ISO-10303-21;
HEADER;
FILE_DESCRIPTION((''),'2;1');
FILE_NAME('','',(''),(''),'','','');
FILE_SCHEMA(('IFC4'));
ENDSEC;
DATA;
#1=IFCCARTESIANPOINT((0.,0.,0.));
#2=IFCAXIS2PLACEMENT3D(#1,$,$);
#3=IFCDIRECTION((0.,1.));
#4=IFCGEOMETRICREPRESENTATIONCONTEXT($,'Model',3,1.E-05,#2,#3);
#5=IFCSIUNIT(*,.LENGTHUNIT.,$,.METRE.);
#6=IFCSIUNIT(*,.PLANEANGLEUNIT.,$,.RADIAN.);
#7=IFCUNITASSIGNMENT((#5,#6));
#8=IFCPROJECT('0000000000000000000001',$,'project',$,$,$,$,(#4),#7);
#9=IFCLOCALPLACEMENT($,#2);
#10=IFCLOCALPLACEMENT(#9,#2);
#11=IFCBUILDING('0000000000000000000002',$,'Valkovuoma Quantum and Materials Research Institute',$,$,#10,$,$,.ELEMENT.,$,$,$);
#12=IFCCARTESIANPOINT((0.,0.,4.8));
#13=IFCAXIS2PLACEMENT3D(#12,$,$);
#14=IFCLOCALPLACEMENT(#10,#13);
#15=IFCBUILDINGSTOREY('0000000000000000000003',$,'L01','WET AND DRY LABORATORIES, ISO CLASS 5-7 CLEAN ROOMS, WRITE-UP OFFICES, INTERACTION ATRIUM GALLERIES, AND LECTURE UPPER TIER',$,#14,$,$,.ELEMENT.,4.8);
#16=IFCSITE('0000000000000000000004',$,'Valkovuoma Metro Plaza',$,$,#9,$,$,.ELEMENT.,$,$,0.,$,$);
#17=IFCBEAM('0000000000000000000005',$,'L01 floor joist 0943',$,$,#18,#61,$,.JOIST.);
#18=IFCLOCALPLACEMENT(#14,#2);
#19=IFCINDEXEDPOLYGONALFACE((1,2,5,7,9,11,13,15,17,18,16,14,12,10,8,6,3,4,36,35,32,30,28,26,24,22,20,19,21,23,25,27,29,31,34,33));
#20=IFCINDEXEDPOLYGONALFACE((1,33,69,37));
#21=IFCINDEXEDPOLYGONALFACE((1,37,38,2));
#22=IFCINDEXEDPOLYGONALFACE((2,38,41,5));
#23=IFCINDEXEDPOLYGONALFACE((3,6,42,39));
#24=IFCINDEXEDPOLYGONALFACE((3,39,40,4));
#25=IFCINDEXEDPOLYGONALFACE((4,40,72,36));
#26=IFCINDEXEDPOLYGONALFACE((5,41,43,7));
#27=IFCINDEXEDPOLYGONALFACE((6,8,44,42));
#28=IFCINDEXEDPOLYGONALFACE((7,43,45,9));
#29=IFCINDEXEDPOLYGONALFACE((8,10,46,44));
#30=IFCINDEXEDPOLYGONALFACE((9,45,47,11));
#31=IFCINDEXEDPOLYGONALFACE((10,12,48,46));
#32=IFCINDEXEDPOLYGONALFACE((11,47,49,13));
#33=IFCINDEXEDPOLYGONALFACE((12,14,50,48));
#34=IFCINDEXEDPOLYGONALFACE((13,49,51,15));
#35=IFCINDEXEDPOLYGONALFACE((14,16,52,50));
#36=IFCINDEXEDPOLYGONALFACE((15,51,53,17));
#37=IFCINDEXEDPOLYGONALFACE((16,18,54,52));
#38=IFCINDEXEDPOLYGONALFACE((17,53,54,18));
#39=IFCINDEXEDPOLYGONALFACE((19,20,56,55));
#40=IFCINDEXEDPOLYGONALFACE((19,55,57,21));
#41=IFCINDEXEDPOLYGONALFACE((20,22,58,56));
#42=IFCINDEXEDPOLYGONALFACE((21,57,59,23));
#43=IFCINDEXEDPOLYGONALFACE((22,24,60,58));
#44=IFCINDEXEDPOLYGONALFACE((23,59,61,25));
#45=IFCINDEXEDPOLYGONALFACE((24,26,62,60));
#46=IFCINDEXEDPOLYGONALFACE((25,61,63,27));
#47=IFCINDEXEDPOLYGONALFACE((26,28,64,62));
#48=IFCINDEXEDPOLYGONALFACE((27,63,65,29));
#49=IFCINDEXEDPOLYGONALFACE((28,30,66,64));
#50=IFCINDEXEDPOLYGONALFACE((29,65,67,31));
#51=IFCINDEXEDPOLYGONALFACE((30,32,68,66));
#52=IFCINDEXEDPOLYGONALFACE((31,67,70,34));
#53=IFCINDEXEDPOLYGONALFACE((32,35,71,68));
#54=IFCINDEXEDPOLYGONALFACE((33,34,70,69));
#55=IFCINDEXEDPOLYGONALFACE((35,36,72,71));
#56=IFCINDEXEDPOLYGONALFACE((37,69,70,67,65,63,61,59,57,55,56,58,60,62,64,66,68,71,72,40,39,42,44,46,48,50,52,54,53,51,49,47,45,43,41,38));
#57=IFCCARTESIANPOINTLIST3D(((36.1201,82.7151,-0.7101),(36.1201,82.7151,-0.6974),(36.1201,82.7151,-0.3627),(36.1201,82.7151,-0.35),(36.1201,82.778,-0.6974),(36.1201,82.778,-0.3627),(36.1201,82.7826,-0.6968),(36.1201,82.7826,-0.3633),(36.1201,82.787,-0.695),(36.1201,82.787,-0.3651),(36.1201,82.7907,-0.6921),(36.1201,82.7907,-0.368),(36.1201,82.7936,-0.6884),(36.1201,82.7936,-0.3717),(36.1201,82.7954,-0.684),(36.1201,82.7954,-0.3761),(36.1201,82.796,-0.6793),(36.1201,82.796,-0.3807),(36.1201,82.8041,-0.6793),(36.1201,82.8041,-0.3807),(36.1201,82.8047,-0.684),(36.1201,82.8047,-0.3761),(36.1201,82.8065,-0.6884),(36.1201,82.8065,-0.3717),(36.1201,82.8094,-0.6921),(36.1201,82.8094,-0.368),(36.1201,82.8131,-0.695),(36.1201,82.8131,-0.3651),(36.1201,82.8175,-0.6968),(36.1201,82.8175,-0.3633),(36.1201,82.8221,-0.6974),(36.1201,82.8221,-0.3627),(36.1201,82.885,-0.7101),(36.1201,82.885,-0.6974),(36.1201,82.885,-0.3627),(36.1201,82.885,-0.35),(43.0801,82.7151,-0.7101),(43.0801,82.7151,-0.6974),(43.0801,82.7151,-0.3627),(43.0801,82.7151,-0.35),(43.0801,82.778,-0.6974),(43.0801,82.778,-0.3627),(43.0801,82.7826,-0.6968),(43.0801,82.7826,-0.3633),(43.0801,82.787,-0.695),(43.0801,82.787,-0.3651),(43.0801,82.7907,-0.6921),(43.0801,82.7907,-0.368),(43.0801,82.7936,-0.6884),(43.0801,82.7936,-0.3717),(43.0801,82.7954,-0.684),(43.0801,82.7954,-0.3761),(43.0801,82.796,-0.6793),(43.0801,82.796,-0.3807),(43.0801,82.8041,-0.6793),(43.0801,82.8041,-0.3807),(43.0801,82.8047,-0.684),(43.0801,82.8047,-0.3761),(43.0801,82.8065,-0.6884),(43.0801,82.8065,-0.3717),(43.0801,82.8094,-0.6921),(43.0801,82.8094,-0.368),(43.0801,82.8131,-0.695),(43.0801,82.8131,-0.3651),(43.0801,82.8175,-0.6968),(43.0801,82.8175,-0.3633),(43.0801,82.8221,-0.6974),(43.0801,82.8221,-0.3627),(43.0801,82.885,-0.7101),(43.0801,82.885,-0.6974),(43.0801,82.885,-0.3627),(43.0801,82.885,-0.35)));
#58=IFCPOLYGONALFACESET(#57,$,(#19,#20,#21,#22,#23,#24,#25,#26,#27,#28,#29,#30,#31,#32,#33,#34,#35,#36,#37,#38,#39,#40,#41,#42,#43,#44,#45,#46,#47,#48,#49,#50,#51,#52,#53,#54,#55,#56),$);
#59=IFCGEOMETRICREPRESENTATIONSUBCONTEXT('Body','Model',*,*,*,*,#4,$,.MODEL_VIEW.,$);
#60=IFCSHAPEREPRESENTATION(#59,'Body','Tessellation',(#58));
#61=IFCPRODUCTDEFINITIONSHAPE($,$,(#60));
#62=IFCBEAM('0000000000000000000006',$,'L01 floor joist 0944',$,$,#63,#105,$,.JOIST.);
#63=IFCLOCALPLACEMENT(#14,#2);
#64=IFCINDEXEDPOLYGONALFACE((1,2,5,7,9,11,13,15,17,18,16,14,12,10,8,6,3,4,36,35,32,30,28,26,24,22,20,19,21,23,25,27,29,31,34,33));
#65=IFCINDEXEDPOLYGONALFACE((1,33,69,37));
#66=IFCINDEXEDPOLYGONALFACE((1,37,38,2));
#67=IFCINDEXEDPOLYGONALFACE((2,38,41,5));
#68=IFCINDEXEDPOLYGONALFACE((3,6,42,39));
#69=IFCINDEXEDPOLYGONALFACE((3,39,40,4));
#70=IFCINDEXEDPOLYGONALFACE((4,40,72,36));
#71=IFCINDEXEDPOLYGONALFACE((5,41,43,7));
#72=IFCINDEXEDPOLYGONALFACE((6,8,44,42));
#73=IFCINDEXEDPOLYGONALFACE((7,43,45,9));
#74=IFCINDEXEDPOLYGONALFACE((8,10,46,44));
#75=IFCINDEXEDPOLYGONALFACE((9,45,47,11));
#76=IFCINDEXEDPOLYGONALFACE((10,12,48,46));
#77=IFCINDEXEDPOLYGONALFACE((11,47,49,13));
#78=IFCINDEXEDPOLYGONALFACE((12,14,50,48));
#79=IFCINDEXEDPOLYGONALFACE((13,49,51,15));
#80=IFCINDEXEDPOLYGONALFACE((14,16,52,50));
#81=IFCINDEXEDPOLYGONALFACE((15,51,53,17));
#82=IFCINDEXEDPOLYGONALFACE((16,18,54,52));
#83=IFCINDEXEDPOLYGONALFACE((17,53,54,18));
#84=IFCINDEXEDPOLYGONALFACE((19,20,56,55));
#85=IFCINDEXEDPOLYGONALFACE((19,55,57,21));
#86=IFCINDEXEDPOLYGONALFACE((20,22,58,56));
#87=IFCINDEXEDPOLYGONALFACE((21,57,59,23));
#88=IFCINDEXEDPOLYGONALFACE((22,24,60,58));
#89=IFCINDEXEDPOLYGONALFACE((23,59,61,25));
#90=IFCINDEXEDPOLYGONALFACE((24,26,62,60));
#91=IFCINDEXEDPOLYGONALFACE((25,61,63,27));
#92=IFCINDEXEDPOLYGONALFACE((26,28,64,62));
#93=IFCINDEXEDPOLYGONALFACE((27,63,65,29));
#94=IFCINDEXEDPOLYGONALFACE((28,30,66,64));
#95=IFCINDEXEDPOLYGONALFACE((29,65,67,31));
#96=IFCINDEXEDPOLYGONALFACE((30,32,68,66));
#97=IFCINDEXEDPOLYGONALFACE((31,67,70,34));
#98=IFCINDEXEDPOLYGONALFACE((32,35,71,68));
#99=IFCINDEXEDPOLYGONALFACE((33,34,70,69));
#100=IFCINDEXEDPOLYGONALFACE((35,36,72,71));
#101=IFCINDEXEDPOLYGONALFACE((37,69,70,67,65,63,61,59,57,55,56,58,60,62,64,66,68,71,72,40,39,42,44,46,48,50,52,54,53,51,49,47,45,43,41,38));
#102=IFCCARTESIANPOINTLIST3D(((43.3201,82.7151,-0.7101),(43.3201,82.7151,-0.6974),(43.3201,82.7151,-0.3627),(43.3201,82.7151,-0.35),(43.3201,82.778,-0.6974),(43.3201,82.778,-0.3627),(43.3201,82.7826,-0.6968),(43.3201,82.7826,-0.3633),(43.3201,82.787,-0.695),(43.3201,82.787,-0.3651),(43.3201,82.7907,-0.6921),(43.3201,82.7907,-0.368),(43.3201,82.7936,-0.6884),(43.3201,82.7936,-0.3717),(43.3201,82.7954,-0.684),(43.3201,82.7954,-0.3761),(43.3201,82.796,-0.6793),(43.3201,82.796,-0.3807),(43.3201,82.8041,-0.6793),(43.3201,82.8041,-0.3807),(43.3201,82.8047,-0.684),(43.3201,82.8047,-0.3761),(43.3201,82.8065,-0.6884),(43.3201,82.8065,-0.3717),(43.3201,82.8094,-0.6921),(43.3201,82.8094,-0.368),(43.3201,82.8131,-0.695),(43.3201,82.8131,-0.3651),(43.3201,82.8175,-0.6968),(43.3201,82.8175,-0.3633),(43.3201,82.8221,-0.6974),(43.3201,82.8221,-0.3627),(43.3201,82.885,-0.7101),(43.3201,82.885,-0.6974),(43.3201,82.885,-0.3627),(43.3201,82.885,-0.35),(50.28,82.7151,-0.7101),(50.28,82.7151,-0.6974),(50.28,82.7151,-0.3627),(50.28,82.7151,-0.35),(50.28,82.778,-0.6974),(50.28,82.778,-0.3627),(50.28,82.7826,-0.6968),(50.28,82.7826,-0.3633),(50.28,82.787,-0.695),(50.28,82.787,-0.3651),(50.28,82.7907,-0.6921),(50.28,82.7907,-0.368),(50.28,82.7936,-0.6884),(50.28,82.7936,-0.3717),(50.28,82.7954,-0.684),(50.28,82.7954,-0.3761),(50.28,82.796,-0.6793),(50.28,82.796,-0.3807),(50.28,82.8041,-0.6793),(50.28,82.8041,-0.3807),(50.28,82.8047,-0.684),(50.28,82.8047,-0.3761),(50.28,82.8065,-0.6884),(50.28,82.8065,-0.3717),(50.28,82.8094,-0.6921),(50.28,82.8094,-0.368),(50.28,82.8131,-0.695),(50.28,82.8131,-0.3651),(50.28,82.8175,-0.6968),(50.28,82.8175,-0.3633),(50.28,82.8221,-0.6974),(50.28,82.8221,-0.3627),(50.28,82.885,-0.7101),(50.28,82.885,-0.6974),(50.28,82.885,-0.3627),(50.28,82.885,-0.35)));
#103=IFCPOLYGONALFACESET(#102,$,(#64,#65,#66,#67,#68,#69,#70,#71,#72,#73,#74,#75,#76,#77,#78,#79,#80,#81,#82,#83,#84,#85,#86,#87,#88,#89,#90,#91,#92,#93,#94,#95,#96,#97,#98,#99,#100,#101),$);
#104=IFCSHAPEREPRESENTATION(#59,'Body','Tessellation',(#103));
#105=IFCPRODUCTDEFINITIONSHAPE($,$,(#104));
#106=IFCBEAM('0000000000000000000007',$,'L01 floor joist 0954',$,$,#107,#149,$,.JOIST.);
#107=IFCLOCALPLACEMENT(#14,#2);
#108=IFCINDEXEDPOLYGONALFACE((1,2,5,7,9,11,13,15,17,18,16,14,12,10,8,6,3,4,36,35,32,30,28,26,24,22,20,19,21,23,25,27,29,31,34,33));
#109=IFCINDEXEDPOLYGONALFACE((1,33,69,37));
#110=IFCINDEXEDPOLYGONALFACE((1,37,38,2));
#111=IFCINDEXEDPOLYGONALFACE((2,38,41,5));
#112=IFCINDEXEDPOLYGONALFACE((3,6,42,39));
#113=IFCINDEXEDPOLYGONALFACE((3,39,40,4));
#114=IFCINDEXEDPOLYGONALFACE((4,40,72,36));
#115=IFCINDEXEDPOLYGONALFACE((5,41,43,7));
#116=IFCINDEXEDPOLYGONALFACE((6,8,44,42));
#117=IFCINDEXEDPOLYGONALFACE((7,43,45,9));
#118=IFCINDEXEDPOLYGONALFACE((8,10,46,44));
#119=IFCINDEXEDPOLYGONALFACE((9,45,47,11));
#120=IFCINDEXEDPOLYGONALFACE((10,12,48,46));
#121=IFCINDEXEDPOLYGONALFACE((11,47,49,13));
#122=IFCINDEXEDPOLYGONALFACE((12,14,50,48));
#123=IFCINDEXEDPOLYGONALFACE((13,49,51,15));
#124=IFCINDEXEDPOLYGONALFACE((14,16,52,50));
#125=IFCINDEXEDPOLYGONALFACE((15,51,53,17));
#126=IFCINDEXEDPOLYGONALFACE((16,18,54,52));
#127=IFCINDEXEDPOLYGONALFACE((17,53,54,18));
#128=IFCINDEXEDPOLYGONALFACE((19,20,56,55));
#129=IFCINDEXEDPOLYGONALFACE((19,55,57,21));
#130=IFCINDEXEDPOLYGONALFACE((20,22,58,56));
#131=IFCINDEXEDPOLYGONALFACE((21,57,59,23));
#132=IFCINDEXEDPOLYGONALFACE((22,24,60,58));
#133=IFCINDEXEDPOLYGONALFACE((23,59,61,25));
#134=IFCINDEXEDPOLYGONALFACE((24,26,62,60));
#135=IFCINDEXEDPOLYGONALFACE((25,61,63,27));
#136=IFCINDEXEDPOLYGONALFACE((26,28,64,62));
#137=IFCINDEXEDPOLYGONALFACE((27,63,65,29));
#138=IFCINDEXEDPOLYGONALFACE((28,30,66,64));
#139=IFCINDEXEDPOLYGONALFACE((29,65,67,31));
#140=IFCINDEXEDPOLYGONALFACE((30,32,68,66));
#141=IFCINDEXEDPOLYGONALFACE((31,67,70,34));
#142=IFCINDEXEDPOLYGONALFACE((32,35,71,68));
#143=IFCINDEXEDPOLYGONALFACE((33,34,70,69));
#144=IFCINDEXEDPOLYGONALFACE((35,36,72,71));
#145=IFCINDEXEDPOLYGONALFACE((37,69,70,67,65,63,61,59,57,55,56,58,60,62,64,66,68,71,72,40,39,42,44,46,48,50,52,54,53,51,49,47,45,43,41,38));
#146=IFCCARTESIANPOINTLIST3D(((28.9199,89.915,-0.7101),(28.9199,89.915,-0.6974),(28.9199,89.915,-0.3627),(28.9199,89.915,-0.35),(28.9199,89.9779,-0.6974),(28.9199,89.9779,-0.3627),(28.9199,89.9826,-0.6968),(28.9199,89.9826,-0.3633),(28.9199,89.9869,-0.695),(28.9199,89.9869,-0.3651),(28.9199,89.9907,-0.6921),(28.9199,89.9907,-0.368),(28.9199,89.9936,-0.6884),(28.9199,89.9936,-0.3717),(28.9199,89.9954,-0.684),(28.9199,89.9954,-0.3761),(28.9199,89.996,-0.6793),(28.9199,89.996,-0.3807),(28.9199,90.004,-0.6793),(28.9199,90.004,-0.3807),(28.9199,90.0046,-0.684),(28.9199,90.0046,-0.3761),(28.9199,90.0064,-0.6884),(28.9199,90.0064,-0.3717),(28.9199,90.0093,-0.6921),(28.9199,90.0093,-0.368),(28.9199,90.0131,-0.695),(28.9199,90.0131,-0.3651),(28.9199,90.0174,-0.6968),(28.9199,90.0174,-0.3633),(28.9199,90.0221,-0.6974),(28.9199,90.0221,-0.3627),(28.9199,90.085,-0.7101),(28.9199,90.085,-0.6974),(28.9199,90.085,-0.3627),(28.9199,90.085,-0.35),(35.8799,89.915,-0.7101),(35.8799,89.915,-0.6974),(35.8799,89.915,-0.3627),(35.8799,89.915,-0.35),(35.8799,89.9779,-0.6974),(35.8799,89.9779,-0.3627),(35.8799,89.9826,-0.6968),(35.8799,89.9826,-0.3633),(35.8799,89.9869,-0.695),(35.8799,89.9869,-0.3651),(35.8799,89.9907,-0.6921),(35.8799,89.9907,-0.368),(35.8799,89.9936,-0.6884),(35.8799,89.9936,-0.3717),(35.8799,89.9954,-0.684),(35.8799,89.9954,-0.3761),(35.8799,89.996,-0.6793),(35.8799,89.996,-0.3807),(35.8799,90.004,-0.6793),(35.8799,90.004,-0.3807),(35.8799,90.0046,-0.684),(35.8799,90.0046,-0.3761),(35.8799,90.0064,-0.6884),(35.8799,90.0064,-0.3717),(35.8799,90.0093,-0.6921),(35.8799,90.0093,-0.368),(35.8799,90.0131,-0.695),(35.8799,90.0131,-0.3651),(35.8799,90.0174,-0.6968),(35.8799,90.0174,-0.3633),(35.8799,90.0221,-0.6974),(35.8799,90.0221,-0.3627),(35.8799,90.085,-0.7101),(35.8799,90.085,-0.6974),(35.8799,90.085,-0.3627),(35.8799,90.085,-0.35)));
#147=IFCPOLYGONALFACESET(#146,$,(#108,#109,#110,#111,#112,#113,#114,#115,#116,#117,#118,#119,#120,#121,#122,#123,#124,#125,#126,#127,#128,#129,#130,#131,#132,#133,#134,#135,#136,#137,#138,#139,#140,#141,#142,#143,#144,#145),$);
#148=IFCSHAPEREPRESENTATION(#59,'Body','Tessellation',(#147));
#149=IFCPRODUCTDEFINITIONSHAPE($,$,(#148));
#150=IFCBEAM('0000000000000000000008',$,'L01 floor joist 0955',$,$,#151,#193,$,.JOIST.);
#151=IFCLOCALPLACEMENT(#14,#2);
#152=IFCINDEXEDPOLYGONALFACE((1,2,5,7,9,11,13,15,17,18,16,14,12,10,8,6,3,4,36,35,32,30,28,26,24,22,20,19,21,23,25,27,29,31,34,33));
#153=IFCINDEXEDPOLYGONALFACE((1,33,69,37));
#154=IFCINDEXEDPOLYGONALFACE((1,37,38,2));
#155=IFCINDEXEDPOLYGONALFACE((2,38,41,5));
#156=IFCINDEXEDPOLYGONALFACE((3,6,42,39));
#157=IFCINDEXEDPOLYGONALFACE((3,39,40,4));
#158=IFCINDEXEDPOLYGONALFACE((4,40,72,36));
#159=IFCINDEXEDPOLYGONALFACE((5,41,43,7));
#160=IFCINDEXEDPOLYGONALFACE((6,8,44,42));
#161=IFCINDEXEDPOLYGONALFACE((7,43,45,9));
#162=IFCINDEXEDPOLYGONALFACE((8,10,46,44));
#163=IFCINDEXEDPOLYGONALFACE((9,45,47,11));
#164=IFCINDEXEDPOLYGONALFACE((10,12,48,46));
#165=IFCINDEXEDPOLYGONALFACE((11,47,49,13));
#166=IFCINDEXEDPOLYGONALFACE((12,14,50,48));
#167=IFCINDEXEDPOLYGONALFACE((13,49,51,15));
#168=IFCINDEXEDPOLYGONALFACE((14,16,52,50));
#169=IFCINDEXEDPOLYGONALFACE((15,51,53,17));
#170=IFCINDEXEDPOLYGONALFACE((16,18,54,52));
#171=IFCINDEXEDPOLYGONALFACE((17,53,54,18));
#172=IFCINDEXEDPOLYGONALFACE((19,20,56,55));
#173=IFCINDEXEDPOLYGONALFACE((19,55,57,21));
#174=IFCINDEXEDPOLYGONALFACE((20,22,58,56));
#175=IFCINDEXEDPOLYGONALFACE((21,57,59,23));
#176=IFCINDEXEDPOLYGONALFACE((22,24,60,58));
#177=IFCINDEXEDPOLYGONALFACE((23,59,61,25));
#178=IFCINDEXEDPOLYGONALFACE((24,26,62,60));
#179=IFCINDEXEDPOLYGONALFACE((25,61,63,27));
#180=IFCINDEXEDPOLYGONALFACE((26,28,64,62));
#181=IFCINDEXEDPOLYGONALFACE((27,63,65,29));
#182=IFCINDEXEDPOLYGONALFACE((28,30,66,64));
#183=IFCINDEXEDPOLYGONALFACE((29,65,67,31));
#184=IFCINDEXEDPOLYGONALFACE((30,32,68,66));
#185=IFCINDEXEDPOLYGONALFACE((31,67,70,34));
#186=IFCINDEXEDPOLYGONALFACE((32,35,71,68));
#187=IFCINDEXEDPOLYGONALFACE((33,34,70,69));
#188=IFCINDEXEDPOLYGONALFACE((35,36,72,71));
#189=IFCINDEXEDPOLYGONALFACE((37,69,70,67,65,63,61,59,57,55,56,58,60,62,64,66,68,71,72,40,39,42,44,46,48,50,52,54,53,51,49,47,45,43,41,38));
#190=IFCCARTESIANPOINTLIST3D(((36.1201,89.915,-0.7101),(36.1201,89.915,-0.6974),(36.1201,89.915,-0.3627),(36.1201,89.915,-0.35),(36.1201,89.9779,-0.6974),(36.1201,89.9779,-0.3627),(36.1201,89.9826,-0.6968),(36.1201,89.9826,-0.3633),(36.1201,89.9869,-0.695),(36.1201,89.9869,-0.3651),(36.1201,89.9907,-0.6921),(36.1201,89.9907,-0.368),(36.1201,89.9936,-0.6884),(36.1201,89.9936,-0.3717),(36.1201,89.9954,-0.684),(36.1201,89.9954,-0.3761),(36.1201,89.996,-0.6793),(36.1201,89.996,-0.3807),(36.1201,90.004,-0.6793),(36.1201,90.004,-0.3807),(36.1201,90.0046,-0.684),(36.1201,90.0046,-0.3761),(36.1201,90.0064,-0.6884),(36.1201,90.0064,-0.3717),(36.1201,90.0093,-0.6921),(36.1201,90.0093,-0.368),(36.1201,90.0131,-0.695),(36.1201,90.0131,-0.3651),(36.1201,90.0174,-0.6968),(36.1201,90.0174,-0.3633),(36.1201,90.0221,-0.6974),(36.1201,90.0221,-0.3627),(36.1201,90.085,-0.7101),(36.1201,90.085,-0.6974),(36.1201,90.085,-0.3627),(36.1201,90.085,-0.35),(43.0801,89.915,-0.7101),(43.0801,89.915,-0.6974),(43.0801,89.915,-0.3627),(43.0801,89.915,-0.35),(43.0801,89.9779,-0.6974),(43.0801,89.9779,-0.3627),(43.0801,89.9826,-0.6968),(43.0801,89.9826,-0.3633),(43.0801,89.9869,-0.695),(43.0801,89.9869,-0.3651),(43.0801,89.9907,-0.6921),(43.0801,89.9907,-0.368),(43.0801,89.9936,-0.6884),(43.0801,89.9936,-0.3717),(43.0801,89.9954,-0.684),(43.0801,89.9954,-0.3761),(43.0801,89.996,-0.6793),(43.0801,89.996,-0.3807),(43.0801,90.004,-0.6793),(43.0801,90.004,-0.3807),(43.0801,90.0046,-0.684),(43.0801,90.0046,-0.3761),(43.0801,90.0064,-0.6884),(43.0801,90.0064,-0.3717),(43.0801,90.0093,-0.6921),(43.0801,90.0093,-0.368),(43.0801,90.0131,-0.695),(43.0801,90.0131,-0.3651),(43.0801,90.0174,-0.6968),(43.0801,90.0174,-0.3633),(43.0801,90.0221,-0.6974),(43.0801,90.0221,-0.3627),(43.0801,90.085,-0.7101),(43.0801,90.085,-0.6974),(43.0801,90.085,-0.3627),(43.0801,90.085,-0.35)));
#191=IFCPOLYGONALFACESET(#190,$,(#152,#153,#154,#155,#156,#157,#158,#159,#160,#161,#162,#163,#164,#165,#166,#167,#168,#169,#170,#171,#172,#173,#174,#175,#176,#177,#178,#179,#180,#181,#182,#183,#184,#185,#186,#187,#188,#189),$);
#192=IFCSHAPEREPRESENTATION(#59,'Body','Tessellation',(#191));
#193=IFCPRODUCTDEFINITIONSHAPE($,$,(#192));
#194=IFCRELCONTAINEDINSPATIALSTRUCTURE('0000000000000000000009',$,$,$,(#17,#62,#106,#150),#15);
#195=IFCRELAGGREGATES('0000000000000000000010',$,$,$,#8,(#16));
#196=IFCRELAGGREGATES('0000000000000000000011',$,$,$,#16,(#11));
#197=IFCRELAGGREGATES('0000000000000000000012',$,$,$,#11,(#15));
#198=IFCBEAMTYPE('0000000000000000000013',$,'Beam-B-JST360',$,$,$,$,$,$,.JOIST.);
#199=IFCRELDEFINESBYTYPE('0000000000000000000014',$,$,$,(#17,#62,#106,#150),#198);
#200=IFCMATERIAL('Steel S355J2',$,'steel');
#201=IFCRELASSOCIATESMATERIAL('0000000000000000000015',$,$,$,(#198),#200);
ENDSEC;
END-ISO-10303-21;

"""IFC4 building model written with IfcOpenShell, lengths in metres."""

from ifc_helpers import new_model, si_unit, direction, frame, origin, origin_2d, place, context, subcontext, project, spatial, i_section, extrude, material, material_profile, profile_set, type_object, element, save


model = new_model("IFC4")

# Units and contexts
model_context = context("Model", 3, precision=1e-05, world=origin(), true_north=direction((0.0, 1.0)))
body_context = subcontext(model_context, "Body", "Model", "MODEL_VIEW")
ifc_project = project(units=[si_unit("LENGTHUNIT", "METRE"), si_unit("PLANEANGLEUNIT", "RADIAN")], contexts=[model_context])

# Site, building, storey
site_placement = place(None, origin())
site = spatial("IfcSite", under=ifc_project, at=site_placement, Name="Valkovuoma Metro Plaza", CompositionType="ELEMENT", RefElevation=0.0)
building_placement = place(site_placement, origin())
building = spatial("IfcBuilding", under=site, at=building_placement, Name="Valkovuoma Quantum and Materials Research Institute", CompositionType="ELEMENT")
storey_placement = place(building_placement, frame((0.0, 0.0, 4.8)))
storey = spatial("IfcBuildingStorey", under=building, at=storey_placement, Name="L01", Description="WET AND DRY LABORATORIES, ISO CLASS 5-7 CLEAN ROOMS, WRITE-UP OFFICES, INTERACTION ATRIUM GALLERIES, AND LECTURE UPPER TIER", CompositionType="ELEMENT", Elevation=4.8)

# Beams
ifc_material_1 = material(Name="Steel S355J2", Category="steel")
ifc_material_profile_1 = material_profile(ifc_material_1, i_section(OverallWidth=0.1699, OverallDepth=0.3601, WebThickness=0.0081, FlangeThickness=0.0127, FilletRadius=0.0181, at=origin_2d()), Name="Steel S355J2")
ifc_profile_set_1 = profile_set([ifc_material_profile_1], Name="Steel S355J2")
beam_type_1 = type_object("IfcBeamType", Name="Beam-B-JST360", PredefinedType="JOIST", material=ifc_profile_set_1)
for number, where, z_axis, x_axis, name in (
    (1, (36.1201, 82.8, -0.53), (1.0, 0.0, 0.0), (0.0, 1.0, 0.0), "L01 floor joist 0943"),
    (2, (43.3201, 82.8, -0.53), (1.0, 0.0, 0.0), (0.0, 1.0, 0.0), "L01 floor joist 0944"),
    (3, (28.9199, 90.0, -0.53), (1.0, 0.0, 0.0), (0.0, 1.0, 0.0), "L01 floor joist 0954"),
    (4, (36.1201, 90.0, -0.53), (1.0, 0.0, 0.0), (0.0, 1.0, 0.0), "L01 floor joist 0955"),
):
    element("IfcBeam", number, at=place(storey_placement, frame(where, z_axis=z_axis, x_axis=x_axis)), inside=storey, type_object=beam_type_1, Name=name, PredefinedType="JOIST", context=body_context, shape_type="SweptSolid", body=[
        extrude(i_section(OverallWidth=0.1699, OverallDepth=0.3601, WebThickness=0.0081, FlangeThickness=0.0127, FilletRadius=0.0181, at=origin_2d()), origin(), (0.0, 0.0, 1.0), 6.96),
    ])

save(model, "model.ifc")
